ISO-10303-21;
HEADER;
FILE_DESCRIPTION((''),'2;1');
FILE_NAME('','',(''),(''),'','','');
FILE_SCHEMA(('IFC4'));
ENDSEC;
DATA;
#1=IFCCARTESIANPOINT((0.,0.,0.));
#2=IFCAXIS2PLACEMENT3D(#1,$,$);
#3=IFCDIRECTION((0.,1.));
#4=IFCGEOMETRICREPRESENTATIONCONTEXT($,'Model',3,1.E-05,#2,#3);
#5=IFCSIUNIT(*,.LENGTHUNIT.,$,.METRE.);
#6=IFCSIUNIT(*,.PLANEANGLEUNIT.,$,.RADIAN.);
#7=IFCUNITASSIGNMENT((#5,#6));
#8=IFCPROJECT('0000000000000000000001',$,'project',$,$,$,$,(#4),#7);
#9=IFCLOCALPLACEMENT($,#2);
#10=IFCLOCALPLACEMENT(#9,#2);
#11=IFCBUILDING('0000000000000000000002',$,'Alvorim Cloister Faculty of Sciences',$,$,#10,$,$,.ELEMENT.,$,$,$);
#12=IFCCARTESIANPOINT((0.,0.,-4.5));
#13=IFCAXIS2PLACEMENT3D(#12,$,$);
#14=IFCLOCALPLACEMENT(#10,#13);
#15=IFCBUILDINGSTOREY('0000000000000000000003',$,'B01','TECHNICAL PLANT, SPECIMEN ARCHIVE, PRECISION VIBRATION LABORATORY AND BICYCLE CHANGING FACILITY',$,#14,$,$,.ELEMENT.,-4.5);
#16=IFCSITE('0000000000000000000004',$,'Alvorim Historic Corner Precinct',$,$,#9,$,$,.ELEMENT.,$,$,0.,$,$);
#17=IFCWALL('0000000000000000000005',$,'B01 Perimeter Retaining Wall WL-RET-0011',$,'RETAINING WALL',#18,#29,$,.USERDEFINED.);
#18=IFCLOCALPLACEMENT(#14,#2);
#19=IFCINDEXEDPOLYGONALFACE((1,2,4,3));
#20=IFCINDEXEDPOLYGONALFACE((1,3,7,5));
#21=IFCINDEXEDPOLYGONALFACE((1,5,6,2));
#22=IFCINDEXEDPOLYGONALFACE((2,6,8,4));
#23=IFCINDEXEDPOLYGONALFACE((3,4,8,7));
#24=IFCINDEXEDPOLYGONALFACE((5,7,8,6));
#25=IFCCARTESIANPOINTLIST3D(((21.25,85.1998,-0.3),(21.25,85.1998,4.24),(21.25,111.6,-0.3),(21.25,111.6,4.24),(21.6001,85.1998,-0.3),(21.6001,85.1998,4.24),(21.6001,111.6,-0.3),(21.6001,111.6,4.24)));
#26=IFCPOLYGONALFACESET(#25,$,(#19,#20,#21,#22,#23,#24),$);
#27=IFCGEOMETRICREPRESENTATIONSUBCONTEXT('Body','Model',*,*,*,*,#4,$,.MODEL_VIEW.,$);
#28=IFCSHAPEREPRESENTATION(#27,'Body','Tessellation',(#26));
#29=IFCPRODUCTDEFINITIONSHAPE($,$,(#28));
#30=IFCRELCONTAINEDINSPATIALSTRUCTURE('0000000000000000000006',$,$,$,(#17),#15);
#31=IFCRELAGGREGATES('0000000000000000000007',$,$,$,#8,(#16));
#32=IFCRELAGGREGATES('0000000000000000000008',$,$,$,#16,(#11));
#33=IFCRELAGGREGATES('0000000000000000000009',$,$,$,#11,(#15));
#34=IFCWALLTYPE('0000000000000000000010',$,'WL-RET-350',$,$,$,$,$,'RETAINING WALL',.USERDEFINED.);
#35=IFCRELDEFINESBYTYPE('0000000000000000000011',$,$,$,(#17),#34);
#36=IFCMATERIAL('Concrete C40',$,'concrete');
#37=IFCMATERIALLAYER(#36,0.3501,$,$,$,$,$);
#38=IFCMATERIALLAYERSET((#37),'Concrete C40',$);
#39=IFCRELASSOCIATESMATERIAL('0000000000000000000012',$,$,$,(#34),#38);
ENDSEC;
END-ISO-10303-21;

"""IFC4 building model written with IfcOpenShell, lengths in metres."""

from ifc_helpers import new_model, si_unit, direction, frame, frame_2d, origin, place, context, subcontext, project, spatial, rectangle, extrude, material, layer, layer_set, type_object, element, save


model = new_model("IFC4")

# Units and contexts
model_context = context("Model", 3, precision=1e-05, world=origin(), true_north=direction((0.0, 1.0)))
body_context = subcontext(model_context, "Body", "Model", "MODEL_VIEW")
ifc_project = project(units=[si_unit("LENGTHUNIT", "METRE"), si_unit("PLANEANGLEUNIT", "RADIAN")], contexts=[model_context])

# Site, building, storey
site_placement = place(None, origin())
site = spatial("IfcSite", under=ifc_project, at=site_placement, Name="Alvorim Historic Corner Precinct", CompositionType="ELEMENT", RefElevation=0.0)
building_placement = place(site_placement, origin())
building = spatial("IfcBuilding", under=site, at=building_placement, Name="Alvorim Cloister Faculty of Sciences", CompositionType="ELEMENT")
storey_placement = place(building_placement, frame((0.0, 0.0, -4.5)))
storey = spatial("IfcBuildingStorey", under=building, at=storey_placement, Name="B01", Description="TECHNICAL PLANT, SPECIMEN ARCHIVE, PRECISION VIBRATION LABORATORY AND BICYCLE CHANGING FACILITY", CompositionType="ELEMENT", Elevation=-4.5)

# Shared definitions
ifc_material_1 = material(Name="Concrete C40", Category="concrete")

# Wall
ifc_layer = layer(ifc_material_1, 0.3501)
ifc_layer_set = layer_set([ifc_layer], Name="Concrete C40")
wall_type = type_object("IfcWallType", Name="WL-RET-350", ElementType="RETAINING WALL", PredefinedType="USERDEFINED", material=ifc_layer_set)
wall_placement = place(storey_placement, frame((21.425, 111.6001, -0.3), z_axis=(0.0, 0.0, 1.0), x_axis=(0.0, -1.0, 0.0)))
element("IfcWall", 1, at=wall_placement, inside=storey, type_object=wall_type, Name="B01 Perimeter Retaining Wall WL-RET-0011", ObjectType="RETAINING WALL", PredefinedType="USERDEFINED", context=body_context, shape_type="SweptSolid", body=[
    extrude(rectangle(XDim=26.4001, YDim=0.3501, at=frame_2d((13.2002, 0.0))), origin(), (0.0, 0.0, 1.0), 4.54),
])

save(model, "model.ifc")
